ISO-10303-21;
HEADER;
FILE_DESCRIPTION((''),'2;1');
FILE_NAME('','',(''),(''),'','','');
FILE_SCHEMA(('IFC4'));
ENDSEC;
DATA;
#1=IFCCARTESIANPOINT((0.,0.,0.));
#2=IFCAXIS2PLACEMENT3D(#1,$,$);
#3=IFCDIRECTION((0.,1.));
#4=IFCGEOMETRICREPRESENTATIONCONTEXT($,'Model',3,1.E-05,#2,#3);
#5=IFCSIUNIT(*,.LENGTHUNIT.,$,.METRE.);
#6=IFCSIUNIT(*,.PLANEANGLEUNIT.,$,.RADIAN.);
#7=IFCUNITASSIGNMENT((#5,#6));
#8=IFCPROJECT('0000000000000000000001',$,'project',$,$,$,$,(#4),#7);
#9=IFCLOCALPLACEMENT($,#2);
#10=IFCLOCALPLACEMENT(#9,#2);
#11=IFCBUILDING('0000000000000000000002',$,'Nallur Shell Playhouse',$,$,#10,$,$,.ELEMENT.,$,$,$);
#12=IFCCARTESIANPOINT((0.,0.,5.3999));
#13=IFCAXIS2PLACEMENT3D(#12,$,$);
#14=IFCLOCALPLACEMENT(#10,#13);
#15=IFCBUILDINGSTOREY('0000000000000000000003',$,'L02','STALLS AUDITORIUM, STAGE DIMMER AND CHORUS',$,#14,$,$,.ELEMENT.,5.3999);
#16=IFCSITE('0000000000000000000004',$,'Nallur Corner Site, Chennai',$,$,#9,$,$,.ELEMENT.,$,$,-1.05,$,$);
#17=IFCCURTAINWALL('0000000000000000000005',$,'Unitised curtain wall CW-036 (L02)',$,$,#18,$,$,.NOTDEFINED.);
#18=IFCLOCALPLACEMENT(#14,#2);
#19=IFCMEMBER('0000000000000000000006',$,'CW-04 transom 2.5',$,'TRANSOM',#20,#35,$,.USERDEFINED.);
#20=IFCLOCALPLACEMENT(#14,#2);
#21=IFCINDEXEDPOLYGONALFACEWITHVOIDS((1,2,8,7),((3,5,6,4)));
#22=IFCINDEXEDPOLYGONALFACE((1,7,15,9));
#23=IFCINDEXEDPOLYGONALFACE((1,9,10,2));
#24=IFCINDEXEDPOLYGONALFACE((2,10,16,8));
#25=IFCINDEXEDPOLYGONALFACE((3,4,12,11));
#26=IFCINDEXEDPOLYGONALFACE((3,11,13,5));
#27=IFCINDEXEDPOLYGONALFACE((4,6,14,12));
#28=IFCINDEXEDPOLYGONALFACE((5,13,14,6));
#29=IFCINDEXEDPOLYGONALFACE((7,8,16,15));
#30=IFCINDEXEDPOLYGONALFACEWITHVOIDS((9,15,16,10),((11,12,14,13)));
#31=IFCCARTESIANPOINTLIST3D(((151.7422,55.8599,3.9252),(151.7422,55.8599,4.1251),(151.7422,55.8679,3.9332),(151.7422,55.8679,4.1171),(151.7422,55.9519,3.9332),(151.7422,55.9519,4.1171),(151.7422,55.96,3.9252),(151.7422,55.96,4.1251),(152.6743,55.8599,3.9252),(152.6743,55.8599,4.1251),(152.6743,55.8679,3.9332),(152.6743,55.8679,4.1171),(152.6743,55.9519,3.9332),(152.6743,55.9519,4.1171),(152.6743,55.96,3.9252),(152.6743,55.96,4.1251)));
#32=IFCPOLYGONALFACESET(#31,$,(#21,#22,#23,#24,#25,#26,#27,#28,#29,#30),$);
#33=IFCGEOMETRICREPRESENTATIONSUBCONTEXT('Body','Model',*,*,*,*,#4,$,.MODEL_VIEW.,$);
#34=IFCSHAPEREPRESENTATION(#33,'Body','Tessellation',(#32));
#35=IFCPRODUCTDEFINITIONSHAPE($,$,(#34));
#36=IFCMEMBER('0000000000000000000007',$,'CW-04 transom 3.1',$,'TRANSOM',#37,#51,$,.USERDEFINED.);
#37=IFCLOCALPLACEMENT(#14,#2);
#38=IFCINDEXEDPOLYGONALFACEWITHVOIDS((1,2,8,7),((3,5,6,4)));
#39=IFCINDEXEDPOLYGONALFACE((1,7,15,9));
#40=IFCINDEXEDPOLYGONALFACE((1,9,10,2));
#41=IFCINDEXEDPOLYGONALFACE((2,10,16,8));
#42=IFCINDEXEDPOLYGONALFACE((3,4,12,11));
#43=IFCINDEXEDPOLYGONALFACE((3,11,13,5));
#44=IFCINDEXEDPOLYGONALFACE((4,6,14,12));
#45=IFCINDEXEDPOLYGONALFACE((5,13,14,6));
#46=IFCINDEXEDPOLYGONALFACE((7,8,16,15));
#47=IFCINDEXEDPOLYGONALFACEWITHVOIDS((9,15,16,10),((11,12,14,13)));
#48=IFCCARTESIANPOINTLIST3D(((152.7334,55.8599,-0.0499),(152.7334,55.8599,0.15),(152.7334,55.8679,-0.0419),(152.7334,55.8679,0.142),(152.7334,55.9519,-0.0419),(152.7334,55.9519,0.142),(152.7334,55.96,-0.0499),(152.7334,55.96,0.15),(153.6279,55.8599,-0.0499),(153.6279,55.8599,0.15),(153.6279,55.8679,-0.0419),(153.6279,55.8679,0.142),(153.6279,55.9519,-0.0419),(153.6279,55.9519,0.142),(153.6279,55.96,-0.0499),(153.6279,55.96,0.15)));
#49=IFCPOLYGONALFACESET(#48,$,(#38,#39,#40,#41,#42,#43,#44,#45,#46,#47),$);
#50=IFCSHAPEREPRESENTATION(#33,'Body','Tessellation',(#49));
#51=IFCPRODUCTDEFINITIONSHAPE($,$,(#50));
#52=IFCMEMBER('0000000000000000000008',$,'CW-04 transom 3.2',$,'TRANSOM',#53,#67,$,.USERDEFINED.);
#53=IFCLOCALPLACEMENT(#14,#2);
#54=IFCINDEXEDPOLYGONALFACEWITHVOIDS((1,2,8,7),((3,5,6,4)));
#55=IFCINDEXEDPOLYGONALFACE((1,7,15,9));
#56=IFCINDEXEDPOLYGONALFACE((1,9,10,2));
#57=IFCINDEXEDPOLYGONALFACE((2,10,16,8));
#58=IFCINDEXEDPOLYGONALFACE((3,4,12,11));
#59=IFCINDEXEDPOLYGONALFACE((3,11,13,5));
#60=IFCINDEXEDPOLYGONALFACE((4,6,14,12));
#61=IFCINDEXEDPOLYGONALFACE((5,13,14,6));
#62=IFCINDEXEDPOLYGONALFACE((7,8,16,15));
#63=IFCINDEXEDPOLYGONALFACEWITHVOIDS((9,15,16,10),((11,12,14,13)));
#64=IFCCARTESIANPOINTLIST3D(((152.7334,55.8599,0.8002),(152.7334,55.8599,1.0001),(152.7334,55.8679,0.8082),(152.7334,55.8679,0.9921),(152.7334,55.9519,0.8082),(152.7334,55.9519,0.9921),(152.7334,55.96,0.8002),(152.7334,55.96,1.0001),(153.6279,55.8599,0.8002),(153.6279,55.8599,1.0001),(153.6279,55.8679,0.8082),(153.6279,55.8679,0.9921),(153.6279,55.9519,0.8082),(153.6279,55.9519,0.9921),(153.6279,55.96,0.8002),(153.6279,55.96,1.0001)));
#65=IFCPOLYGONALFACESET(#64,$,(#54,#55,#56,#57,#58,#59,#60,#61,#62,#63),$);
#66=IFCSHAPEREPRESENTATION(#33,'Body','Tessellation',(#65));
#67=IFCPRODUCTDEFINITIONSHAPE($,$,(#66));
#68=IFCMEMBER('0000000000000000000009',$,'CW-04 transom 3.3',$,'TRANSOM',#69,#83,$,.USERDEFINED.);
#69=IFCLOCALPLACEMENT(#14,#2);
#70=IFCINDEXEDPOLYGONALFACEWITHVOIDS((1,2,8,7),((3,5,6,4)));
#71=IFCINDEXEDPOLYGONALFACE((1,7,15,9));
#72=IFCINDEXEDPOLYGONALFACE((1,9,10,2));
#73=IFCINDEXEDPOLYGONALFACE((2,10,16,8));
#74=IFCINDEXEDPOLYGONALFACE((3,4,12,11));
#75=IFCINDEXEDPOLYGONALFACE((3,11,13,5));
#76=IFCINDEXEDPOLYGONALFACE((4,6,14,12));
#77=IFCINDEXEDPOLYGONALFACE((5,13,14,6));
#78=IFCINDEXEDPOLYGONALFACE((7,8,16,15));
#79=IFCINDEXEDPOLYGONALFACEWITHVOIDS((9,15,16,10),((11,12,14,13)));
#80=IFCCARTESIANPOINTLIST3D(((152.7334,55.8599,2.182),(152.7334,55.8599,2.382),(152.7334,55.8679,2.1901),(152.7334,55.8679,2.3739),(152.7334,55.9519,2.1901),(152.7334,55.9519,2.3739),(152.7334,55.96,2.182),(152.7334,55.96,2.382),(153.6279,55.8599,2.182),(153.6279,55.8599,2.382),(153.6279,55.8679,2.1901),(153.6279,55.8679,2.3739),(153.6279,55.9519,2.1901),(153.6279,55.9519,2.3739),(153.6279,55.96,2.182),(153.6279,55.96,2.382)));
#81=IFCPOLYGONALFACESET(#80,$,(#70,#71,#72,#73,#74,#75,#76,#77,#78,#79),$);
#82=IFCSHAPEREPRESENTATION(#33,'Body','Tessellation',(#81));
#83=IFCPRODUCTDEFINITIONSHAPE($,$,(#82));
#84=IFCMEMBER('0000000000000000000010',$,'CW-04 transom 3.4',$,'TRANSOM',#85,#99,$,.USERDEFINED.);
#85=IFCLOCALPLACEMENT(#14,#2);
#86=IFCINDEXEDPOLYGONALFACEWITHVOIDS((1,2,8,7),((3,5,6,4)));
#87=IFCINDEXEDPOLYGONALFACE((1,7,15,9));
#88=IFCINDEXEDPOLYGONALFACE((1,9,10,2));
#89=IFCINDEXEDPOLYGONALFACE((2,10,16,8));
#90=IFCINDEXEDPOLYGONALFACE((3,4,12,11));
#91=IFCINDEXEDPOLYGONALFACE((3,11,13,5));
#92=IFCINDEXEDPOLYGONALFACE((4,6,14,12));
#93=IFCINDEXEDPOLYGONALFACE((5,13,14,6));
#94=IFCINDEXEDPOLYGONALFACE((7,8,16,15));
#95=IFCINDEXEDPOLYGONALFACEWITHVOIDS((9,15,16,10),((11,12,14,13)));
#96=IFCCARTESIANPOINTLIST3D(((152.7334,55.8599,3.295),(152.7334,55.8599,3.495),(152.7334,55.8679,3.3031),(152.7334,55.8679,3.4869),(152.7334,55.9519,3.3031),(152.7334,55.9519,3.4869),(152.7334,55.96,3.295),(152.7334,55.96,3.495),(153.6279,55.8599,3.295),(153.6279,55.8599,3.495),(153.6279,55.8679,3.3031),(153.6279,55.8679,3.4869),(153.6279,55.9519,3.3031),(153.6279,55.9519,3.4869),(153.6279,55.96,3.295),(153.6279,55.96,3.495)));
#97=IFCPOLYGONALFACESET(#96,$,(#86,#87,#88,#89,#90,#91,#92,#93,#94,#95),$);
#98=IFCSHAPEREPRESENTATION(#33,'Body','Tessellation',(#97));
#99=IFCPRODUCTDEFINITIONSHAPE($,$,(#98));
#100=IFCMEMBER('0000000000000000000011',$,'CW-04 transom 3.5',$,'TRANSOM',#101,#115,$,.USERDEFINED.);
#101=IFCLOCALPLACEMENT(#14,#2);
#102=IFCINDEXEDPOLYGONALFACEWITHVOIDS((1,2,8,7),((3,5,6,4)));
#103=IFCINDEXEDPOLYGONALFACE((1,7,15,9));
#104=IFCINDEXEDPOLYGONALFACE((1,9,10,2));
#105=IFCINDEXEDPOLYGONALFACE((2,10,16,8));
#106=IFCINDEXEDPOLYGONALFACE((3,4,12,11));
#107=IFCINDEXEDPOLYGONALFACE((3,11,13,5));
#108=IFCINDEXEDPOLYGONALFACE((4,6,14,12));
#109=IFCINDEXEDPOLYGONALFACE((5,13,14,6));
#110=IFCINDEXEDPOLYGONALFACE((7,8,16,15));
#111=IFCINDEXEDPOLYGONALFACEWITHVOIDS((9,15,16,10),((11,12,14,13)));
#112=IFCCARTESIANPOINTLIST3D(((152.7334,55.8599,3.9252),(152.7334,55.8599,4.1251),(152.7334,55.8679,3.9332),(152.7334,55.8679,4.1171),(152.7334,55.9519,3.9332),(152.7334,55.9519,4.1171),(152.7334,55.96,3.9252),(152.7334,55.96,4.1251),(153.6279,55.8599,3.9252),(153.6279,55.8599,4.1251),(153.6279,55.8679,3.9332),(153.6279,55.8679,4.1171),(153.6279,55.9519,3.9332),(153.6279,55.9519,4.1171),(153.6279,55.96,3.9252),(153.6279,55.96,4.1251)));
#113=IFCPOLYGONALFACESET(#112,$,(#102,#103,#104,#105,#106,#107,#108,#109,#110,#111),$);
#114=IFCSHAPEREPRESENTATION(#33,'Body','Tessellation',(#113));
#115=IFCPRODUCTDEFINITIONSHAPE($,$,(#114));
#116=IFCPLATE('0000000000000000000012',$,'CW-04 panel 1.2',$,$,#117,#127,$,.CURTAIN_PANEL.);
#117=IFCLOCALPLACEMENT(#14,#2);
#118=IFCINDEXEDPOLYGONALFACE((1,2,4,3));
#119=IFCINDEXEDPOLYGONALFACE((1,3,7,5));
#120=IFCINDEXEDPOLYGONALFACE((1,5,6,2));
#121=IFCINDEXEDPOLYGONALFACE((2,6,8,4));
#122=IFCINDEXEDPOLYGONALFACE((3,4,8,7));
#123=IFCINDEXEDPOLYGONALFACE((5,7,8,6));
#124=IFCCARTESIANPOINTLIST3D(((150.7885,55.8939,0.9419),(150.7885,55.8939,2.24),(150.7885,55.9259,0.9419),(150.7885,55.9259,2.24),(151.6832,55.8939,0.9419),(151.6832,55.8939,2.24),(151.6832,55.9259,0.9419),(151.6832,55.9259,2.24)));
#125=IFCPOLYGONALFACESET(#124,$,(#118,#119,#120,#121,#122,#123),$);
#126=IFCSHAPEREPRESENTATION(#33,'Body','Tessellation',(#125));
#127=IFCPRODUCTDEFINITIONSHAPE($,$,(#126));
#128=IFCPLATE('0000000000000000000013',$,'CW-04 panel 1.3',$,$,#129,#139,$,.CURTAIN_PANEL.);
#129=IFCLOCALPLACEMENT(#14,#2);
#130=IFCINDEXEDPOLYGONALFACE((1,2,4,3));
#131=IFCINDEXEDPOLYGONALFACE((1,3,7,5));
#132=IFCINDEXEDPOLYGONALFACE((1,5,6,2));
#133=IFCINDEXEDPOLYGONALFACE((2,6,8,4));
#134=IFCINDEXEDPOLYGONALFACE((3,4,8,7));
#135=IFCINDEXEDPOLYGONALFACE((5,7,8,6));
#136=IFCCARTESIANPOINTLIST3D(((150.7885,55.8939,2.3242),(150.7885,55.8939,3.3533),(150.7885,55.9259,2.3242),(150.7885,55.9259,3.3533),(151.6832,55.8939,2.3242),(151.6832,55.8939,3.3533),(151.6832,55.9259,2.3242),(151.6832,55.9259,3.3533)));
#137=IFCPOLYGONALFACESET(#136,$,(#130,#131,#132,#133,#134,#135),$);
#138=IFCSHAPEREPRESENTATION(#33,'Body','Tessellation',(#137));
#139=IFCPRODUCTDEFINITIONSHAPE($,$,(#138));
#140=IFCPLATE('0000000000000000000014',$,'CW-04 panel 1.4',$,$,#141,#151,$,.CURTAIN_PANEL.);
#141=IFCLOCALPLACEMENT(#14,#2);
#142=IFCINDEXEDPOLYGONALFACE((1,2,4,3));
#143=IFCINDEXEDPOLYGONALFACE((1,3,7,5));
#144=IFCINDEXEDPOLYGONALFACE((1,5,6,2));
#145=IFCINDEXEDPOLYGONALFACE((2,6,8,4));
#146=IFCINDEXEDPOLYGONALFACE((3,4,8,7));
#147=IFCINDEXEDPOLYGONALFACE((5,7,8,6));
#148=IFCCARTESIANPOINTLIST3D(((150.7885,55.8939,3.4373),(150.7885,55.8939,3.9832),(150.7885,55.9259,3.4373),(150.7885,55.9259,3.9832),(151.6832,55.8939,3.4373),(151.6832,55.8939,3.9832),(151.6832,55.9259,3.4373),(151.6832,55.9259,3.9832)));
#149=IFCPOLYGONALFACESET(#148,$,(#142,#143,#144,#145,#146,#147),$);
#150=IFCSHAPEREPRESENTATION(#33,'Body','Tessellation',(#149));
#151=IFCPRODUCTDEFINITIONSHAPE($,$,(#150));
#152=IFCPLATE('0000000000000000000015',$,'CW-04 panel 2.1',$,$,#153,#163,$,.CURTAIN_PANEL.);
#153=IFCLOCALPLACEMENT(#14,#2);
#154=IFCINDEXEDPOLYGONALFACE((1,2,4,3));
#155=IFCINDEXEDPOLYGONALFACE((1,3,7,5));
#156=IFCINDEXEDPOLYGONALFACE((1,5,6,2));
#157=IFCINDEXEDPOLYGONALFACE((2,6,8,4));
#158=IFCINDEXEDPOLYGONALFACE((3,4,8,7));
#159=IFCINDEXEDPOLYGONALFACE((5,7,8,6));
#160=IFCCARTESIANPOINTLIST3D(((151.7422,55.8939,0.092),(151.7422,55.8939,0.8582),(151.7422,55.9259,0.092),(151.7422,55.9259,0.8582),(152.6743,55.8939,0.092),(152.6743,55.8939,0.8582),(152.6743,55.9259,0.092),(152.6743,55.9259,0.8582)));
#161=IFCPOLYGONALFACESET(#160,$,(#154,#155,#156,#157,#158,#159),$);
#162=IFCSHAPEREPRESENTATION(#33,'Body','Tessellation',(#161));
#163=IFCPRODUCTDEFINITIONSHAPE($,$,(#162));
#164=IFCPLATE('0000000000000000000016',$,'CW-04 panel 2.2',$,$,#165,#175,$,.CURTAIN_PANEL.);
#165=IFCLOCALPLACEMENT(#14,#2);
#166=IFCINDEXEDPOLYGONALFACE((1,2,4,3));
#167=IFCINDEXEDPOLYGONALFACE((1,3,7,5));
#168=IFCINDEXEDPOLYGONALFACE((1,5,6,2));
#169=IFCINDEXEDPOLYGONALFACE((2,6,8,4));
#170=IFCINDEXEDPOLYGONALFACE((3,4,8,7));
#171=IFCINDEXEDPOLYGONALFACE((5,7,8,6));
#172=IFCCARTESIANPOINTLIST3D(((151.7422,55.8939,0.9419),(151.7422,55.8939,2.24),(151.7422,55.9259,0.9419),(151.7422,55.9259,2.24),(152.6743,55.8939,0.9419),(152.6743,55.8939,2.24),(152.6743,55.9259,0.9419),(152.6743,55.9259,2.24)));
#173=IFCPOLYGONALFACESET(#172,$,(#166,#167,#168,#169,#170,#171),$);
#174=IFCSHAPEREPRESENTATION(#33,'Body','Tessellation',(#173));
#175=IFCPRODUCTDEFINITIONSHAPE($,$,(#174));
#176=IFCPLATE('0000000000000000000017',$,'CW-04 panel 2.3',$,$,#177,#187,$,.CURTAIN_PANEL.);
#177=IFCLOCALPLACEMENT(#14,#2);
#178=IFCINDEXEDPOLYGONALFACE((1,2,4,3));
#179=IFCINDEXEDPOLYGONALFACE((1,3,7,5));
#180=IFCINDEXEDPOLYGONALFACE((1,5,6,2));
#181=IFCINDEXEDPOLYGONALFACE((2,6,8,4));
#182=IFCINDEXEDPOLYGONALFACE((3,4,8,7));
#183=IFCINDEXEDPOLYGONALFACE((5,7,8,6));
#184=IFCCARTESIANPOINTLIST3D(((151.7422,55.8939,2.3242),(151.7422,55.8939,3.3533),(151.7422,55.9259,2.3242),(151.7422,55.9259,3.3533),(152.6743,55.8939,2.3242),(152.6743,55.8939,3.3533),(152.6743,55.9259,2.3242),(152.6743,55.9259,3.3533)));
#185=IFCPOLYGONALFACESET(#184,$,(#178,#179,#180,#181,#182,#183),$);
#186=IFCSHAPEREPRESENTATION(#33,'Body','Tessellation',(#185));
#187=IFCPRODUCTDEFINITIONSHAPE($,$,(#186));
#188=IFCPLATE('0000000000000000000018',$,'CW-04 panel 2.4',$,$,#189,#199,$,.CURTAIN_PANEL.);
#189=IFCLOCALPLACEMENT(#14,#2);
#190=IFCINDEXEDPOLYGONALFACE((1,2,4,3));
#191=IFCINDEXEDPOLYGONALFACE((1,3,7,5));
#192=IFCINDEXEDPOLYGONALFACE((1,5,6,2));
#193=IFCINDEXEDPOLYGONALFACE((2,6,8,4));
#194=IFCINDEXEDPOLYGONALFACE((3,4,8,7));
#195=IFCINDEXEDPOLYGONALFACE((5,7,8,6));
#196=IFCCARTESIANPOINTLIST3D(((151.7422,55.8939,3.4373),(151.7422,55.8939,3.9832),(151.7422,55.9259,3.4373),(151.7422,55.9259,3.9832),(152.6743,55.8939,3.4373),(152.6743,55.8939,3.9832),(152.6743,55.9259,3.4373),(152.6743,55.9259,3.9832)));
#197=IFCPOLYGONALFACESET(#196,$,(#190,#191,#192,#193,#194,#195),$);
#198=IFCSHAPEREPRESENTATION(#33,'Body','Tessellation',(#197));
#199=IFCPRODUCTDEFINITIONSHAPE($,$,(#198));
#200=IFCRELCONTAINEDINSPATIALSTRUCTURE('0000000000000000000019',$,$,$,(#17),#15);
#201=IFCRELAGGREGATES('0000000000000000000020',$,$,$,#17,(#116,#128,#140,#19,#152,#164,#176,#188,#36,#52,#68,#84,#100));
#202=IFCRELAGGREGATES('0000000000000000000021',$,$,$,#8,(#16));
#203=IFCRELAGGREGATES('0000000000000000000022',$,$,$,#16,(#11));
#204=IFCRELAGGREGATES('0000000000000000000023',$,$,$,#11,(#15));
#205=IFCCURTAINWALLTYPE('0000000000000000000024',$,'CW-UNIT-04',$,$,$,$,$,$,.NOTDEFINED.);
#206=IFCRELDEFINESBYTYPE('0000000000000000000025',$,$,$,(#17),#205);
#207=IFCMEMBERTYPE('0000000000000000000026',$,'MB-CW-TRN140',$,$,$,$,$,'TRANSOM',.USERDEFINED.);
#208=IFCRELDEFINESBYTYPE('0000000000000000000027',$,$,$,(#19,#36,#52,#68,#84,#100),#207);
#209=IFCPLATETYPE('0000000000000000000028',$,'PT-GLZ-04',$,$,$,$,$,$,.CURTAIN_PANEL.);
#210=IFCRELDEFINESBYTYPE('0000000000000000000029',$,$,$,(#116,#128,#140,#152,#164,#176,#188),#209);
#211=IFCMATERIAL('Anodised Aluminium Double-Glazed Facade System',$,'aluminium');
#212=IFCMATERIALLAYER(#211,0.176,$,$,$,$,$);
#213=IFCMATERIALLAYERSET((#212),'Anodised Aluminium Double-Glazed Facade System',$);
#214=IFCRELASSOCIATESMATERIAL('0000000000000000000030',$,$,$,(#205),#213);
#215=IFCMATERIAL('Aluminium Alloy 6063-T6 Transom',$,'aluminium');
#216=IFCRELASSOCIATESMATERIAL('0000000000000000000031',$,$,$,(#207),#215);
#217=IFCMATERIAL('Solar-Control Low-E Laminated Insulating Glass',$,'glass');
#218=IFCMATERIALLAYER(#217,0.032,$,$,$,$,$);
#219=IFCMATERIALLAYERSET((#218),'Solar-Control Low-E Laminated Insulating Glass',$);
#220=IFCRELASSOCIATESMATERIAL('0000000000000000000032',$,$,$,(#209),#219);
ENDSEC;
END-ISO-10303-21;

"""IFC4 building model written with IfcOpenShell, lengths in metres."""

from ifc_helpers import new_model, si_unit, direction, frame, origin, origin_2d, place, context, subcontext, project, spatial, rectangle, hollow_rectangle, extrude, material, layer, layer_set, material_profile, profile_set, type_object, element, aggregate, save


model = new_model("IFC4")

# Units and contexts
model_context = context("Model", 3, precision=1e-05, world=origin(), true_north=direction((0.0, 1.0)))
body_context = subcontext(model_context, "Body", "Model", "MODEL_VIEW")
ifc_project = project(units=[si_unit("LENGTHUNIT", "METRE"), si_unit("PLANEANGLEUNIT", "RADIAN")], contexts=[model_context])

# Site, building, storey
site_placement = place(None, origin())
site = spatial("IfcSite", under=ifc_project, at=site_placement, Name="Nallur Corner Site, Chennai", CompositionType="ELEMENT", RefElevation=-1.05)
building_placement = place(site_placement, origin())
building = spatial("IfcBuilding", under=site, at=building_placement, Name="Nallur Shell Playhouse", CompositionType="ELEMENT")
storey_placement = place(building_placement, frame((0.0, 0.0, 5.3999)))
storey = spatial("IfcBuildingStorey", under=building, at=storey_placement, Name="L02", Description="STALLS AUDITORIUM, STAGE DIMMER AND CHORUS", CompositionType="ELEMENT", Elevation=5.3999)

# Curtain wall
ifc_material_1 = material(Name="Anodised Aluminium Double-Glazed Facade System", Category="aluminium")
ifc_layer_1 = layer(ifc_material_1, 0.176)
ifc_layer_set_1 = layer_set([ifc_layer_1], Name="Anodised Aluminium Double-Glazed Facade System")
curtain_wall_type_1 = type_object("IfcCurtainWallType", Name="CW-UNIT-04", PredefinedType="NOTDEFINED", material=ifc_layer_set_1)
curtain_wall_1_placement = place(storey_placement, origin())
curtain_wall_1 = element("IfcCurtainWall", 1, at=curtain_wall_1_placement, inside=storey, type_object=curtain_wall_type_1, Name="Unitised curtain wall CW-036 (L02)", PredefinedType="NOTDEFINED")

# Members
ifc_material_2 = material(Name="Aluminium Alloy 6063-T6 Transom", Category="aluminium")
ifc_material_profile_1 = material_profile(ifc_material_2, hollow_rectangle(XDim=0.1001, YDim=0.2, WallThickness=0.0081, at=origin_2d()), Name="RHS 200x100x8")
ifc_profile_set_1 = profile_set([ifc_material_profile_1], Name="Aluminium Alloy 6063-T6 Transom")
member_type_1 = type_object("IfcMemberType", Name="MB-CW-TRN140", ElementType="TRANSOM", PredefinedType="USERDEFINED", material=ifc_profile_set_1)
member_1_placement = place(storey_placement, frame((151.7422, 55.9099, 4.0251), z_axis=(1.0, 0.0, 0.0), x_axis=(0.0, 1.0, 0.0)))
member_1 = element("IfcMember", 2, at=member_1_placement, type_object=member_type_1, Name="CW-04 transom 2.5", ObjectType="TRANSOM", PredefinedType="USERDEFINED", context=body_context, shape_type="SweptSolid", body=[
    extrude(hollow_rectangle(XDim=0.1001, YDim=0.2, WallThickness=0.0081, at=origin_2d()), origin(), (0.0, 0.0, 1.0), 0.9321),
])
member_2_placement = place(storey_placement, frame((152.7334, 55.9099, 0.05), z_axis=(1.0, 0.0, 0.0), x_axis=(0.0, 1.0, 0.0)))
member_2 = element("IfcMember", 3, at=member_2_placement, type_object=member_type_1, Name="CW-04 transom 3.1", ObjectType="TRANSOM", PredefinedType="USERDEFINED", context=body_context, shape_type="SweptSolid", body=[
    extrude(hollow_rectangle(XDim=0.1001, YDim=0.2, WallThickness=0.0081, at=origin_2d()), origin(), (0.0, 0.0, 1.0), 0.8945),
])
member_3_placement = place(storey_placement, frame((152.7334, 55.9099, 0.9001), z_axis=(1.0, 0.0, 0.0), x_axis=(0.0, 1.0, 0.0)))
member_3 = element("IfcMember", 4, at=member_3_placement, type_object=member_type_1, Name="CW-04 transom 3.2", ObjectType="TRANSOM", PredefinedType="USERDEFINED", context=body_context, shape_type="SweptSolid", body=[
    extrude(hollow_rectangle(XDim=0.1001, YDim=0.2, WallThickness=0.0081, at=origin_2d()), origin(), (0.0, 0.0, 1.0), 0.8945),
])
member_4_placement = place(storey_placement, frame((152.7334, 55.9099, 2.282), z_axis=(1.0, 0.0, 0.0), x_axis=(0.0, 1.0, 0.0)))
member_4 = element("IfcMember", 5, at=member_4_placement, type_object=member_type_1, Name="CW-04 transom 3.3", ObjectType="TRANSOM", PredefinedType="USERDEFINED", context=body_context, shape_type="SweptSolid", body=[
    extrude(hollow_rectangle(XDim=0.1001, YDim=0.2, WallThickness=0.0081, at=origin_2d()), origin(), (0.0, 0.0, 1.0), 0.8945),
])
member_5_placement = place(storey_placement, frame((152.7334, 55.9099, 3.395), z_axis=(1.0, 0.0, 0.0), x_axis=(0.0, 1.0, 0.0)))
member_5 = element("IfcMember", 6, at=member_5_placement, type_object=member_type_1, Name="CW-04 transom 3.4", ObjectType="TRANSOM", PredefinedType="USERDEFINED", context=body_context, shape_type="SweptSolid", body=[
    extrude(hollow_rectangle(XDim=0.1001, YDim=0.2, WallThickness=0.0081, at=origin_2d()), origin(), (0.0, 0.0, 1.0), 0.8945),
])
member_6_placement = place(storey_placement, frame((152.7334, 55.9099, 4.0251), z_axis=(1.0, 0.0, 0.0), x_axis=(0.0, 1.0, 0.0)))
member_6 = element("IfcMember", 7, at=member_6_placement, type_object=member_type_1, Name="CW-04 transom 3.5", ObjectType="TRANSOM", PredefinedType="USERDEFINED", context=body_context, shape_type="SweptSolid", body=[
    extrude(hollow_rectangle(XDim=0.1001, YDim=0.2, WallThickness=0.0081, at=origin_2d()), origin(), (0.0, 0.0, 1.0), 0.8945),
])

# Plates
ifc_material_3 = material(Name="Solar-Control Low-E Laminated Insulating Glass", Category="glass")
ifc_layer_2 = layer(ifc_material_3, 0.032)
ifc_layer_set_2 = layer_set([ifc_layer_2], Name="Solar-Control Low-E Laminated Insulating Glass")
plate_type_1 = type_object("IfcPlateType", Name="PT-GLZ-04", PredefinedType="CURTAIN_PANEL", material=ifc_layer_set_2)
plate_1_placement = place(storey_placement, frame((151.2358, 55.9099, 0.9419), z_axis=(0.0, 0.0, 1.0), x_axis=(1.0, 0.0, 0.0)))
plate_1 = element("IfcPlate", 8, at=plate_1_placement, type_object=plate_type_1, Name="CW-04 panel 1.2", PredefinedType="CURTAIN_PANEL", context=body_context, shape_type="SweptSolid", body=[
    extrude(rectangle(XDim=0.8948, YDim=0.032, at=origin_2d()), origin(), (0.0, 0.0, 1.0), 1.2981),
])
plate_2_placement = place(storey_placement, frame((151.2358, 55.9099, 2.3242), z_axis=(0.0, 0.0, 1.0), x_axis=(1.0, 0.0, 0.0)))
plate_2 = element("IfcPlate", 9, at=plate_2_placement, type_object=plate_type_1, Name="CW-04 panel 1.3", PredefinedType="CURTAIN_PANEL", context=body_context, shape_type="SweptSolid", body=[
    extrude(rectangle(XDim=0.8948, YDim=0.032, at=origin_2d()), origin(), (0.0, 0.0, 1.0), 1.0291),
])
plate_3_placement = place(storey_placement, frame((151.2358, 55.9099, 3.4373), z_axis=(0.0, 0.0, 1.0), x_axis=(1.0, 0.0, 0.0)))
plate_3 = element("IfcPlate", 10, at=plate_3_placement, type_object=plate_type_1, Name="CW-04 panel 1.4", PredefinedType="CURTAIN_PANEL", context=body_context, shape_type="SweptSolid", body=[
    extrude(rectangle(XDim=0.8948, YDim=0.032, at=origin_2d()), origin(), (0.0, 0.0, 1.0), 0.5459),
])
plate_4_placement = place(storey_placement, frame((152.2083, 55.9099, 0.092), z_axis=(0.0, 0.0, 1.0), x_axis=(1.0, 0.0, 0.0)))
plate_4 = element("IfcPlate", 11, at=plate_4_placement, type_object=plate_type_1, Name="CW-04 panel 2.1", PredefinedType="CURTAIN_PANEL", context=body_context, shape_type="SweptSolid", body=[
    extrude(rectangle(XDim=0.9321, YDim=0.032, at=origin_2d()), origin(), (0.0, 0.0, 1.0), 0.7661),
])
plate_5_placement = place(storey_placement, frame((152.2083, 55.9099, 0.9419), z_axis=(0.0, 0.0, 1.0), x_axis=(1.0, 0.0, 0.0)))
plate_5 = element("IfcPlate", 12, at=plate_5_placement, type_object=plate_type_1, Name="CW-04 panel 2.2", PredefinedType="CURTAIN_PANEL", context=body_context, shape_type="SweptSolid", body=[
    extrude(rectangle(XDim=0.9321, YDim=0.032, at=origin_2d()), origin(), (0.0, 0.0, 1.0), 1.2981),
])
plate_6_placement = place(storey_placement, frame((152.2083, 55.9099, 2.3242), z_axis=(0.0, 0.0, 1.0), x_axis=(1.0, 0.0, 0.0)))
plate_6 = element("IfcPlate", 13, at=plate_6_placement, type_object=plate_type_1, Name="CW-04 panel 2.3", PredefinedType="CURTAIN_PANEL", context=body_context, shape_type="SweptSolid", body=[
    extrude(rectangle(XDim=0.9321, YDim=0.032, at=origin_2d()), origin(), (0.0, 0.0, 1.0), 1.0291),
])
plate_7_placement = place(storey_placement, frame((152.2083, 55.9099, 3.4373), z_axis=(0.0, 0.0, 1.0), x_axis=(1.0, 0.0, 0.0)))
plate_7 = element("IfcPlate", 14, at=plate_7_placement, type_object=plate_type_1, Name="CW-04 panel 2.4", PredefinedType="CURTAIN_PANEL", context=body_context, shape_type="SweptSolid", body=[
    extrude(rectangle(XDim=0.9321, YDim=0.032, at=origin_2d()), origin(), (0.0, 0.0, 1.0), 0.5459),
])
aggregate(curtain_wall_1, [plate_1, plate_2, plate_3, member_1, plate_4, plate_5, plate_6, plate_7, member_2, member_3, member_4, member_5, member_6])

save(model, "model.ifc")
